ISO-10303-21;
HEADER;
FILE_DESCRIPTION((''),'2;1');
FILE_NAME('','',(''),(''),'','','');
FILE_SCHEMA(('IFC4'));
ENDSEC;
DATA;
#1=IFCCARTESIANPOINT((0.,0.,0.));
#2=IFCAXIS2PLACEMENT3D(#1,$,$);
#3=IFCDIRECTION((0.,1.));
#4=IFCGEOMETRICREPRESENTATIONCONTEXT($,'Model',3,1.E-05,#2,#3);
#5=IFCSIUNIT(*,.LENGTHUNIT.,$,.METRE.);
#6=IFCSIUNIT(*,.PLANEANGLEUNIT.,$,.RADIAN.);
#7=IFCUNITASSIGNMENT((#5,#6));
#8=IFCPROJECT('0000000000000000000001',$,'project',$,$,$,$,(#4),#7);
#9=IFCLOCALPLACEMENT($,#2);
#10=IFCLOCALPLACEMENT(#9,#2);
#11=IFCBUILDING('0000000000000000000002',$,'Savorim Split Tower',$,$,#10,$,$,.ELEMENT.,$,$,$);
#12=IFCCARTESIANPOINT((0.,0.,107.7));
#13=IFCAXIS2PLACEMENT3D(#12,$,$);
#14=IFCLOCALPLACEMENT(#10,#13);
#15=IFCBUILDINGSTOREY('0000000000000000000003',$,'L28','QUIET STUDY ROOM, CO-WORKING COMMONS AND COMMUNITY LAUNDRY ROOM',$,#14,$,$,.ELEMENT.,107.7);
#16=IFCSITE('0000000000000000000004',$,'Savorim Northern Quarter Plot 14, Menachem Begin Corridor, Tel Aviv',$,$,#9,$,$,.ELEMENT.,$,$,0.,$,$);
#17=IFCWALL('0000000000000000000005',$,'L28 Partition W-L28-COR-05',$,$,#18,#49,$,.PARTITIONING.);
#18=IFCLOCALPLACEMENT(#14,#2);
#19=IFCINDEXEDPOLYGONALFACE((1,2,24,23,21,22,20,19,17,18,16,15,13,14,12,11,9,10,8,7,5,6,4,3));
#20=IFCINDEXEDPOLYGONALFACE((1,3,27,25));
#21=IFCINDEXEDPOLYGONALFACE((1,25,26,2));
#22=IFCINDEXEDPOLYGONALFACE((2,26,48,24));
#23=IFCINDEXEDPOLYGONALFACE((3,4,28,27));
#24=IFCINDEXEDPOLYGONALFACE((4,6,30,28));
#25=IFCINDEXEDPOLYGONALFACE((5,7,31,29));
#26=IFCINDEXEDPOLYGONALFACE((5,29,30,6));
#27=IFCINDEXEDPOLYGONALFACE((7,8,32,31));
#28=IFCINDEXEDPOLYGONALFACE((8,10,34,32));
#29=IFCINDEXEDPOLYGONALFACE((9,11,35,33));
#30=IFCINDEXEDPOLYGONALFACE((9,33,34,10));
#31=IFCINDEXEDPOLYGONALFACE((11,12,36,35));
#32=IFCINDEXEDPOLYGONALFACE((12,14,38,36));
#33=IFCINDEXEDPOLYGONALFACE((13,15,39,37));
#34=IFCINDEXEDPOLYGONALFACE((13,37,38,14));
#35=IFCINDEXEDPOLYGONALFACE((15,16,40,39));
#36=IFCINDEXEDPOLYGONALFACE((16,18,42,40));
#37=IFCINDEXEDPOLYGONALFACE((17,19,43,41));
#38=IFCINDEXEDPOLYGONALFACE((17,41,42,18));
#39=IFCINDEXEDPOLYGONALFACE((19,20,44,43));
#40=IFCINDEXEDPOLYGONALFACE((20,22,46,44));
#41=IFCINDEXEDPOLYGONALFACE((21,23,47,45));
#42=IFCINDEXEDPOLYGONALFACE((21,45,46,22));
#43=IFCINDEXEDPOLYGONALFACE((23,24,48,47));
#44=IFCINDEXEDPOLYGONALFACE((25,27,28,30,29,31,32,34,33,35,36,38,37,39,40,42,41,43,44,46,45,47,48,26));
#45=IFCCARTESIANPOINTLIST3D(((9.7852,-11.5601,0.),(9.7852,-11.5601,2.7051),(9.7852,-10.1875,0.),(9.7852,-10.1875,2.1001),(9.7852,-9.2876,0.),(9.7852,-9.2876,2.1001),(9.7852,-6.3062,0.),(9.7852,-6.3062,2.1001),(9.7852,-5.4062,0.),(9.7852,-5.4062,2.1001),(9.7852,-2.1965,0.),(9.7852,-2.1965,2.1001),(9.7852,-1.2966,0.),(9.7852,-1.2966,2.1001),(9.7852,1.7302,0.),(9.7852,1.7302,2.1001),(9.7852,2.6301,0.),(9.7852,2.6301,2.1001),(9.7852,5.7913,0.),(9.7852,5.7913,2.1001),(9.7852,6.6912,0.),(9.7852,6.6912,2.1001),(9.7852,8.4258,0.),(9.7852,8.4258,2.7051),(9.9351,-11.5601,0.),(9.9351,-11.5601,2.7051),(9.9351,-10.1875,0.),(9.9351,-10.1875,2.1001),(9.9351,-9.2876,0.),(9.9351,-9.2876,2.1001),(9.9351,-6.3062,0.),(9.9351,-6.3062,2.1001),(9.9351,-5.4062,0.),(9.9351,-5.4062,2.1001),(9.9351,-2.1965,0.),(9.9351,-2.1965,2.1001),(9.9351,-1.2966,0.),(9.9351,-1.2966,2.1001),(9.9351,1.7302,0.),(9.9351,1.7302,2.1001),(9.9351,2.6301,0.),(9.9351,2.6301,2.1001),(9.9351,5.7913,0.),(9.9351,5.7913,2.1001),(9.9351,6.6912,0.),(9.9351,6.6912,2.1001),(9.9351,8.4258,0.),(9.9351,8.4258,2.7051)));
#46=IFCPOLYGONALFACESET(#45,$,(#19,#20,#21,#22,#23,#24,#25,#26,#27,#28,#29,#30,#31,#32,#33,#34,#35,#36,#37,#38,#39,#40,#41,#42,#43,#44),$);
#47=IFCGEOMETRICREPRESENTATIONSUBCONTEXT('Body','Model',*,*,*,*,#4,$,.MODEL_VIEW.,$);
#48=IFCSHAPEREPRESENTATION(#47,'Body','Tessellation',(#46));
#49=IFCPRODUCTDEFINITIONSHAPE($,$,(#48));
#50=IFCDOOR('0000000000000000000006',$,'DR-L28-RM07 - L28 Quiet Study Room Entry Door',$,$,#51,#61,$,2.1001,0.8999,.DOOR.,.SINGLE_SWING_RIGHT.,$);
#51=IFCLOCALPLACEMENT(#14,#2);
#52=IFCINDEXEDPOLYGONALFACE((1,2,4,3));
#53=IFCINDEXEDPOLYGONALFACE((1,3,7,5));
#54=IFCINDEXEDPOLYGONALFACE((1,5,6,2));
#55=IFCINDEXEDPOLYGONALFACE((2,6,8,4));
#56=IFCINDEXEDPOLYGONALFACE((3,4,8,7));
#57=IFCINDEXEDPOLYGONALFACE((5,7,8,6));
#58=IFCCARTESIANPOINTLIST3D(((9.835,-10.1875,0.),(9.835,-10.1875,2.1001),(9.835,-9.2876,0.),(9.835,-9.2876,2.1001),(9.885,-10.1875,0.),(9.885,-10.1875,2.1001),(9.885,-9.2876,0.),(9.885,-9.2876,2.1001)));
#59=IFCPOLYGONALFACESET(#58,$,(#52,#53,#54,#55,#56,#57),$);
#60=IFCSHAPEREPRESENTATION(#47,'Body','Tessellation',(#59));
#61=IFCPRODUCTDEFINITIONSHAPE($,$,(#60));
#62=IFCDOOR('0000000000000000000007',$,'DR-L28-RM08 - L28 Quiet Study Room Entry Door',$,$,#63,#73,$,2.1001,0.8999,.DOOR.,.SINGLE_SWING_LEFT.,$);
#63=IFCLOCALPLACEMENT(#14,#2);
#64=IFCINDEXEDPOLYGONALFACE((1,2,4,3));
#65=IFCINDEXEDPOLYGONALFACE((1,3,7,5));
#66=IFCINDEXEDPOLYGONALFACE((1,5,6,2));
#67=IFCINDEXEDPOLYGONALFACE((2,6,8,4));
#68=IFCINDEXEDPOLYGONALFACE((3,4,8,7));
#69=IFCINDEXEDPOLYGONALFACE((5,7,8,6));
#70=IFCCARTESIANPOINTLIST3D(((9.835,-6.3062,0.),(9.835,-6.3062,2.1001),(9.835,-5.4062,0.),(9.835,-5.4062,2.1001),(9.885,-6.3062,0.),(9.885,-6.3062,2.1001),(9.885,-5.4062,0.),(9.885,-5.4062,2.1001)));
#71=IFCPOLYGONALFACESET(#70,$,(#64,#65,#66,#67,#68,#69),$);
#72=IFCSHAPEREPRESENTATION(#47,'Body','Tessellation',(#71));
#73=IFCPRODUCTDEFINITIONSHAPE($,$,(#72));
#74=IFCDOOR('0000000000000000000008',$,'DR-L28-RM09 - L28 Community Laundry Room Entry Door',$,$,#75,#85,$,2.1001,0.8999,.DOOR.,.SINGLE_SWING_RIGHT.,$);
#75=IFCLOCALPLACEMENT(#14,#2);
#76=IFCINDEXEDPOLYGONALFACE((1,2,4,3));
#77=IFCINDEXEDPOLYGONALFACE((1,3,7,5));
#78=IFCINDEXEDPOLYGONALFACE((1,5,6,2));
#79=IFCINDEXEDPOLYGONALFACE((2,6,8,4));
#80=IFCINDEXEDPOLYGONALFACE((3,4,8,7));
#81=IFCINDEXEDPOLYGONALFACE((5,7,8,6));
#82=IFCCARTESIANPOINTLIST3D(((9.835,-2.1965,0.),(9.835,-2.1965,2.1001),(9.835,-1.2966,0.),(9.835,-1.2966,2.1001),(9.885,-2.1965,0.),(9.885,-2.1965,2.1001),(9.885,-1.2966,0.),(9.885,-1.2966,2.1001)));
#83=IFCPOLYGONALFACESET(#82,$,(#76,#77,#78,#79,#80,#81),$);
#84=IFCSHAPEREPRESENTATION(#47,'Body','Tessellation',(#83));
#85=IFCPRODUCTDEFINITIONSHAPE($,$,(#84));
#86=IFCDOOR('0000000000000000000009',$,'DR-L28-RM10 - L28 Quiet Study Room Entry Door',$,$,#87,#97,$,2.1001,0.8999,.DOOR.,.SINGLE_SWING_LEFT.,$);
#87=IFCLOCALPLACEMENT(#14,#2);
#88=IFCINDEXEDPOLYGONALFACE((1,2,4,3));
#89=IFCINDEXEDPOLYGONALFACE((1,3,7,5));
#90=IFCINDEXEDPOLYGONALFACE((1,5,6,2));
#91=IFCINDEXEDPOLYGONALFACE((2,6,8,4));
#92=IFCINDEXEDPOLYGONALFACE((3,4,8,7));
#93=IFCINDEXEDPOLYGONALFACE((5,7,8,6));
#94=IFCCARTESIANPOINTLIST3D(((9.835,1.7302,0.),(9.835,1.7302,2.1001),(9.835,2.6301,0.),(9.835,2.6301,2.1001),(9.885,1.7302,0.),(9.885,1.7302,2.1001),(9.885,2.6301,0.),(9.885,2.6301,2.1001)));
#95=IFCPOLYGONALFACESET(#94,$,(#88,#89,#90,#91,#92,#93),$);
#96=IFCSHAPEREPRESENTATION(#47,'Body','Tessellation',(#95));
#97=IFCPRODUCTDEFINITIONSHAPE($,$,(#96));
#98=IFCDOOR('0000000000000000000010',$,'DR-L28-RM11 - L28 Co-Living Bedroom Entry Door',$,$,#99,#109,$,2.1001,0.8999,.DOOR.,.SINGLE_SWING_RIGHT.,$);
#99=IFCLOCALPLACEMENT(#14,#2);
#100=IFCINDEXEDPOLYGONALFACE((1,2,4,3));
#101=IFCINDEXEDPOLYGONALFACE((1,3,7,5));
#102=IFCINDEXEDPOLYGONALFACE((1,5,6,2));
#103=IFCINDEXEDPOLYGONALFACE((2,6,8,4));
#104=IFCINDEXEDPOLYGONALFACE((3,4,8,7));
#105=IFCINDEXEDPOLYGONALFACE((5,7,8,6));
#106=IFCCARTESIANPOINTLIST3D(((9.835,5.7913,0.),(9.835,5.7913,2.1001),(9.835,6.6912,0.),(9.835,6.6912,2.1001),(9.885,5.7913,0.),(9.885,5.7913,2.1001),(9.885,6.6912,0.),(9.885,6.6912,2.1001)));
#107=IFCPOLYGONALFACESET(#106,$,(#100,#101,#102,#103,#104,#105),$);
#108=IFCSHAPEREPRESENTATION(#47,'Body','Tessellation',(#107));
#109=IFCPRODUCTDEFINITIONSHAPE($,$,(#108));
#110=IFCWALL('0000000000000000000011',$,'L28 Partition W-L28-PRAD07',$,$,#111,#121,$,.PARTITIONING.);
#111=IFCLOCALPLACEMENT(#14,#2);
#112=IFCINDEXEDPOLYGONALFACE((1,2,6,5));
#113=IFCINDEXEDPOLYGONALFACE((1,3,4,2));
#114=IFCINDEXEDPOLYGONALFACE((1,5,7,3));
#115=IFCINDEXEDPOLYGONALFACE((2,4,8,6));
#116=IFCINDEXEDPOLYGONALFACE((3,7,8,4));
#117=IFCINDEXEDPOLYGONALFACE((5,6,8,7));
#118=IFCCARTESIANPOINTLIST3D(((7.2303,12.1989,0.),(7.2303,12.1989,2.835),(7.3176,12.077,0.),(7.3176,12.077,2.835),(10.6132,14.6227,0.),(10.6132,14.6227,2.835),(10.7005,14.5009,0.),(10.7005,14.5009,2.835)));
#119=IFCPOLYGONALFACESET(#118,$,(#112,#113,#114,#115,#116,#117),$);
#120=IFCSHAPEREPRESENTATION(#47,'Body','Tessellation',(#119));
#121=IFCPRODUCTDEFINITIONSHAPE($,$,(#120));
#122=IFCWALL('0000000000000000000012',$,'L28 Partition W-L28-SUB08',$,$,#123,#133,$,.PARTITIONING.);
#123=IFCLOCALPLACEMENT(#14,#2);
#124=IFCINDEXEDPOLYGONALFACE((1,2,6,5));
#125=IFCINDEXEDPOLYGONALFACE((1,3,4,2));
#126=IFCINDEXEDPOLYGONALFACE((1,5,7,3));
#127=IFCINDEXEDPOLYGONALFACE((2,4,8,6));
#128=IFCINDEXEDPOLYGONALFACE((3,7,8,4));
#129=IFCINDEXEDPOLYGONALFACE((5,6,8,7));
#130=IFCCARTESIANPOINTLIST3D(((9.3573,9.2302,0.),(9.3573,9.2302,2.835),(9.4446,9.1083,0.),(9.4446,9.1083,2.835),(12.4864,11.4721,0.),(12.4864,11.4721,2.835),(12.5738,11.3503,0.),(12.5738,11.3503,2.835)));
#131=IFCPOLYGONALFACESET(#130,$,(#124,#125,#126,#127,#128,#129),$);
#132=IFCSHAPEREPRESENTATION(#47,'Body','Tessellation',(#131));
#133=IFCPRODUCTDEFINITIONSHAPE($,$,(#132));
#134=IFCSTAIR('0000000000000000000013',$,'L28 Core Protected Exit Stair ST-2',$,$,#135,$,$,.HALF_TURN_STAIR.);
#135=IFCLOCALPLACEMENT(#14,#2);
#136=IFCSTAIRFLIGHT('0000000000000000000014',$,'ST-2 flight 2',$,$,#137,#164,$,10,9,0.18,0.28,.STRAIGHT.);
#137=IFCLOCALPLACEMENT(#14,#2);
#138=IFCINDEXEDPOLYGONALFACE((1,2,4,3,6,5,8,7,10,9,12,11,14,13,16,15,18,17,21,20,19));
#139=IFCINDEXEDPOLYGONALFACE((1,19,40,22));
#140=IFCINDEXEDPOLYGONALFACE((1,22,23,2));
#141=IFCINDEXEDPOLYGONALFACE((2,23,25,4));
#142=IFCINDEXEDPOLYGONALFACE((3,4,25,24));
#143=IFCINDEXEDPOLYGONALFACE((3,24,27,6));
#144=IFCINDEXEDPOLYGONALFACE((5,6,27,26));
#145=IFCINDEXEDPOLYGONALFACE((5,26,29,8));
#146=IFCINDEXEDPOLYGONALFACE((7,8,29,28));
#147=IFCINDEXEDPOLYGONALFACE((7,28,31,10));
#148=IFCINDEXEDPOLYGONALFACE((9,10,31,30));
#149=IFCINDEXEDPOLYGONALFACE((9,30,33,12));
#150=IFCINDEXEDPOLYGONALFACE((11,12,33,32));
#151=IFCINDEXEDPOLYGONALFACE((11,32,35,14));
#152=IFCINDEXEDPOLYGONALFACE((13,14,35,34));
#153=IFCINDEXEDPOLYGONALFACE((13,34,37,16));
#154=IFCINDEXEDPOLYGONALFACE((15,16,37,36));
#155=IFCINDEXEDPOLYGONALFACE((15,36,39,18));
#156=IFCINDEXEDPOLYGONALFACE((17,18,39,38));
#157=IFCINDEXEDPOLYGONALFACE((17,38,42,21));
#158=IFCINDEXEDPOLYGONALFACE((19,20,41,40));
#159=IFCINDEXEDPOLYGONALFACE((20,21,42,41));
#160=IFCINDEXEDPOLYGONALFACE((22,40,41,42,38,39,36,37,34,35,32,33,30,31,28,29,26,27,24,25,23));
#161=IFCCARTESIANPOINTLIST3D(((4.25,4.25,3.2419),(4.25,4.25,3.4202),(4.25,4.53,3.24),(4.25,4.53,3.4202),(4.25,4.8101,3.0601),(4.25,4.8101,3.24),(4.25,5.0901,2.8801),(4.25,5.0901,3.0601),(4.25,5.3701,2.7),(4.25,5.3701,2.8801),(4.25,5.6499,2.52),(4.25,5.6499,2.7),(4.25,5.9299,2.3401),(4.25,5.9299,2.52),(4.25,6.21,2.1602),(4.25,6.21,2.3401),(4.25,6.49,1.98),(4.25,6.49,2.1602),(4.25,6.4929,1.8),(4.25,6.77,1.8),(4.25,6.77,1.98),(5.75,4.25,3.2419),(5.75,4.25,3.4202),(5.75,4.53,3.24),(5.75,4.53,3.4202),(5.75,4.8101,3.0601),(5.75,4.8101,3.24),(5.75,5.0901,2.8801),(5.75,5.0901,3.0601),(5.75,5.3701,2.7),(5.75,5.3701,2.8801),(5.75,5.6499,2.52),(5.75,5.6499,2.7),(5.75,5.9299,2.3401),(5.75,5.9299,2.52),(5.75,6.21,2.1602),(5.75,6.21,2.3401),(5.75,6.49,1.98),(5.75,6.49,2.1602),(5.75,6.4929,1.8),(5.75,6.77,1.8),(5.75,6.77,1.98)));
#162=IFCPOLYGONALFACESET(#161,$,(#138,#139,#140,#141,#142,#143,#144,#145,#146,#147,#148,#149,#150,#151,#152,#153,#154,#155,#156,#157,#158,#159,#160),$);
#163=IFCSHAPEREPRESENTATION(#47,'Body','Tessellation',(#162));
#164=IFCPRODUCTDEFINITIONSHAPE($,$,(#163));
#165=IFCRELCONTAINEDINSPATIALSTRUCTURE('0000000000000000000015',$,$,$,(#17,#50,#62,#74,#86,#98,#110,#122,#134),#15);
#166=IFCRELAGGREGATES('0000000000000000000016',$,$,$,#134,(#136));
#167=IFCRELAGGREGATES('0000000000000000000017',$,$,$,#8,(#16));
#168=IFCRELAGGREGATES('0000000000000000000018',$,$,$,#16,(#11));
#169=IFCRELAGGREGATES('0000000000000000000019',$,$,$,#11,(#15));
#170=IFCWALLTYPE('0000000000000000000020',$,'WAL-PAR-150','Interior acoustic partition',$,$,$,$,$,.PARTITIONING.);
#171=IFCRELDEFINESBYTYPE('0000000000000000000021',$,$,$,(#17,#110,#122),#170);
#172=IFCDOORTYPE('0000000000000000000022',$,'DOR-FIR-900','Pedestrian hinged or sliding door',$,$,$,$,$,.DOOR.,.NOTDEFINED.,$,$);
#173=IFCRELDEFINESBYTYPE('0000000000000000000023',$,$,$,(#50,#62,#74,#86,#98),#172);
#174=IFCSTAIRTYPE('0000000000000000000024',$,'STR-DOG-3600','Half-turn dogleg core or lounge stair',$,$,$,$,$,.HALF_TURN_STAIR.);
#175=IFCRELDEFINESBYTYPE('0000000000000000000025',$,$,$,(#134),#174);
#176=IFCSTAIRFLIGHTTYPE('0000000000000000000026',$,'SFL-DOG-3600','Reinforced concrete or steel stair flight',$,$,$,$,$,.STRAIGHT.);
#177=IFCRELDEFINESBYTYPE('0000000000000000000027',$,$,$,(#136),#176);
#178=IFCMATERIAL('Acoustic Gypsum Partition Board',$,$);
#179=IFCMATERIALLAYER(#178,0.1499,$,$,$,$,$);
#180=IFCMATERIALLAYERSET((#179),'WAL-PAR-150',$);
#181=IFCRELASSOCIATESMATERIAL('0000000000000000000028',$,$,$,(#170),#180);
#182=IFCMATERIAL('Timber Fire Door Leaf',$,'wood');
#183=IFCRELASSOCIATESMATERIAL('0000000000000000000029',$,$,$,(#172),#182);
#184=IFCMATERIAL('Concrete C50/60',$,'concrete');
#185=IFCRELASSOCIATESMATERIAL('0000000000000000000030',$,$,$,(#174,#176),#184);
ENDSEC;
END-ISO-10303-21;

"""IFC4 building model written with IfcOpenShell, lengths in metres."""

from ifc_helpers import new_model, si_unit, direction, frame, frame_2d, origin, place, context, subcontext, project, spatial, polyline, rectangle, outline, extrude, material, layer, layer_set, type_object, element, fill, aggregate, save


model = new_model("IFC4")

# Units and contexts
model_context = context("Model", 3, precision=1e-05, world=origin(), true_north=direction((0.0, 1.0)))
body_context = subcontext(model_context, "Body", "Model", "MODEL_VIEW")
ifc_project = project(units=[si_unit("LENGTHUNIT", "METRE"), si_unit("PLANEANGLEUNIT", "RADIAN")], contexts=[model_context])

# Site, building, storey
site_placement = place(None, origin())
site = spatial("IfcSite", under=ifc_project, at=site_placement, Name="Savorim Northern Quarter Plot 14, Menachem Begin Corridor, Tel Aviv", CompositionType="ELEMENT", RefElevation=0.0)
building_placement = place(site_placement, origin())
building = spatial("IfcBuilding", under=site, at=building_placement, Name="Savorim Split Tower", CompositionType="ELEMENT")
storey_placement = place(building_placement, frame((0.0, 0.0, 107.7)))
storey = spatial("IfcBuildingStorey", under=building, at=storey_placement, Name="L28", Description="QUIET STUDY ROOM, CO-WORKING COMMONS AND COMMUNITY LAUNDRY ROOM", CompositionType="ELEMENT", Elevation=107.7)

# Shared definitions
ifc_material_1 = material(Name="Timber Fire Door Leaf", Category="wood")

# Shared definitions
ifc_material_2 = material(Name="Acoustic Gypsum Partition Board")
ifc_layer_1 = layer(ifc_material_2, 0.1499)
ifc_layer_set_1 = layer_set([ifc_layer_1], Name="WAL-PAR-150")
wall_type_1 = type_object("IfcWallType", Name="WAL-PAR-150", Description="Interior acoustic partition", PredefinedType="PARTITIONING", material=ifc_layer_set_1)

# Wall, openings, doors
wall_1_placement = place(storey_placement, frame((9.8601, 8.4258, 0.0), z_axis=(0.0, 0.0, 1.0), x_axis=(0.0, -1.0, 0.0)))
wall_1 = element("IfcWall", 1, at=wall_1_placement, inside=storey, type_object=wall_type_1, Name="L28 Partition W-L28-COR-05", PredefinedType="PARTITIONING", context=body_context, shape_type="SweptSolid", body=[
    extrude(rectangle(XDim=19.9858, YDim=0.1499, at=frame_2d((9.9929, 0.0))), origin(), (0.0, 0.0, 1.0), 2.7051),
])
opening_1_placement = place(wall_1_placement, frame((17.7134, 0.0, 0.0)))
opening_1 = element("IfcOpeningElement", 2, at=opening_1_placement, cuts=wall_1, PredefinedType="OPENING", context=body_context, shape_type="SweptSolid", body=[
    extrude(rectangle(XDim=0.8999, YDim=2.1001, at=frame_2d((0.45, 1.05))), frame((0.0, 0.085, 0.0), z_axis=(0.0, -1.0, 0.0), x_axis=(1.0, 0.0, 0.0)), (0.0, 0.0, 1.0), 0.1699),
])
opening_2_placement = place(wall_1_placement, frame((13.832, 0.0, 0.0)))
opening_2 = element("IfcOpeningElement", 3, at=opening_2_placement, cuts=wall_1, PredefinedType="OPENING", context=body_context, shape_type="SweptSolid", body=[
    extrude(rectangle(XDim=0.8999, YDim=2.1001, at=frame_2d((0.45, 1.05))), frame((0.0, 0.085, 0.0), z_axis=(0.0, -1.0, 0.0), x_axis=(1.0, 0.0, 0.0)), (0.0, 0.0, 1.0), 0.1699),
])
opening_3_placement = place(wall_1_placement, frame((9.7224, 0.0, 0.0)))
opening_3 = element("IfcOpeningElement", 4, at=opening_3_placement, cuts=wall_1, PredefinedType="OPENING", context=body_context, shape_type="SweptSolid", body=[
    extrude(rectangle(XDim=0.8999, YDim=2.1001, at=frame_2d((0.45, 1.05))), frame((0.0, 0.085, 0.0), z_axis=(0.0, -1.0, 0.0), x_axis=(1.0, 0.0, 0.0)), (0.0, 0.0, 1.0), 0.1699),
])
opening_4_placement = place(wall_1_placement, frame((5.7957, 0.0, 0.0)))
opening_4 = element("IfcOpeningElement", 5, at=opening_4_placement, cuts=wall_1, PredefinedType="OPENING", context=body_context, shape_type="SweptSolid", body=[
    extrude(rectangle(XDim=0.8999, YDim=2.1001, at=frame_2d((0.45, 1.05))), frame((0.0, 0.085, 0.0), z_axis=(0.0, -1.0, 0.0), x_axis=(1.0, 0.0, 0.0)), (0.0, 0.0, 1.0), 0.1699),
])
opening_5_placement = place(wall_1_placement, frame((1.7346, 0.0, 0.0)))
opening_5 = element("IfcOpeningElement", 6, at=opening_5_placement, cuts=wall_1, PredefinedType="OPENING", context=body_context, shape_type="SweptSolid", body=[
    extrude(rectangle(XDim=0.8999, YDim=2.1001, at=frame_2d((0.45, 1.05))), frame((0.0, 0.085, 0.0), z_axis=(0.0, -1.0, 0.0), x_axis=(1.0, 0.0, 0.0)), (0.0, 0.0, 1.0), 0.1699),
])
door_type_1 = type_object("IfcDoorType", Name="DOR-FIR-900", Description="Pedestrian hinged or sliding door", OperationType="NOTDEFINED", PredefinedType="DOOR", material=ifc_material_1)
door_1_placement = place(opening_1_placement, origin())
door_1 = element("IfcDoor", 7, at=door_1_placement, inside=storey, type_object=door_type_1, Name="DR-L28-RM07 - L28 Quiet Study Room Entry Door", OperationType="SINGLE_SWING_RIGHT", OverallHeight=2.1001, OverallWidth=0.8999, PredefinedType="DOOR", context=body_context, shape_type="SweptSolid", body=[
    extrude(rectangle(XDim=0.8999, YDim=2.1001, at=frame_2d((0.45, 1.05))), frame((0.0, 0.0249, 0.0), z_axis=(0.0, -1.0, 0.0), x_axis=(1.0, 0.0, 0.0)), (0.0, 0.0, 1.0), 0.05),
])
fill(opening_1, door_1)
door_2_placement = place(opening_2_placement, origin())
door_2 = element("IfcDoor", 8, at=door_2_placement, inside=storey, type_object=door_type_1, Name="DR-L28-RM08 - L28 Quiet Study Room Entry Door", OperationType="SINGLE_SWING_LEFT", OverallHeight=2.1001, OverallWidth=0.8999, PredefinedType="DOOR", context=body_context, shape_type="SweptSolid", body=[
    extrude(rectangle(XDim=0.8999, YDim=2.1001, at=frame_2d((0.45, 1.05))), frame((0.0, 0.0249, 0.0), z_axis=(0.0, -1.0, 0.0), x_axis=(1.0, 0.0, 0.0)), (0.0, 0.0, 1.0), 0.05),
])
fill(opening_2, door_2)
door_3_placement = place(opening_3_placement, origin())
door_3 = element("IfcDoor", 9, at=door_3_placement, inside=storey, type_object=door_type_1, Name="DR-L28-RM09 - L28 Community Laundry Room Entry Door", OperationType="SINGLE_SWING_RIGHT", OverallHeight=2.1001, OverallWidth=0.8999, PredefinedType="DOOR", context=body_context, shape_type="SweptSolid", body=[
    extrude(rectangle(XDim=0.8999, YDim=2.1001, at=frame_2d((0.45, 1.05))), frame((0.0, 0.0249, 0.0), z_axis=(0.0, -1.0, 0.0), x_axis=(1.0, 0.0, 0.0)), (0.0, 0.0, 1.0), 0.05),
])
fill(opening_3, door_3)
door_4_placement = place(opening_4_placement, origin())
door_4 = element("IfcDoor", 10, at=door_4_placement, inside=storey, type_object=door_type_1, Name="DR-L28-RM10 - L28 Quiet Study Room Entry Door", OperationType="SINGLE_SWING_LEFT", OverallHeight=2.1001, OverallWidth=0.8999, PredefinedType="DOOR", context=body_context, shape_type="SweptSolid", body=[
    extrude(rectangle(XDim=0.8999, YDim=2.1001, at=frame_2d((0.45, 1.05))), frame((0.0, 0.0249, 0.0), z_axis=(0.0, -1.0, 0.0), x_axis=(1.0, 0.0, 0.0)), (0.0, 0.0, 1.0), 0.05),
])
fill(opening_4, door_4)
door_5_placement = place(opening_5_placement, origin())
door_5 = element("IfcDoor", 11, at=door_5_placement, inside=storey, type_object=door_type_1, Name="DR-L28-RM11 - L28 Co-Living Bedroom Entry Door", OperationType="SINGLE_SWING_RIGHT", OverallHeight=2.1001, OverallWidth=0.8999, PredefinedType="DOOR", context=body_context, shape_type="SweptSolid", body=[
    extrude(rectangle(XDim=0.8999, YDim=2.1001, at=frame_2d((0.45, 1.05))), frame((0.0, 0.0249, 0.0), z_axis=(0.0, -1.0, 0.0), x_axis=(1.0, 0.0, 0.0)), (0.0, 0.0, 1.0), 0.05),
])
fill(opening_5, door_5)

# Walls
wall_2_placement = place(storey_placement, frame((7.2739, 12.1379, 0.0), z_axis=(0.0, 0.0, 1.0), x_axis=(0.812876, 0.582436, 0.0)))
element("IfcWall", 12, at=wall_2_placement, inside=storey, type_object=wall_type_1, Name="L28 Partition W-L28-PRAD07", PredefinedType="PARTITIONING", context=body_context, shape_type="SweptSolid", body=[
    extrude(rectangle(XDim=4.1616, YDim=0.1499, at=frame_2d((2.0808, 0.0))), origin(), (0.0, 0.0, 1.0), 2.835),
])
wall_3_placement = place(storey_placement, frame((9.4009, 9.1692, 0.0), z_axis=(0.0, 0.0, 1.0), x_axis=(0.812893, 0.582413, 0.0)))
element("IfcWall", 13, at=wall_3_placement, inside=storey, type_object=wall_type_1, Name="L28 Partition W-L28-SUB08", PredefinedType="PARTITIONING", context=body_context, shape_type="SweptSolid", body=[
    extrude(rectangle(XDim=3.8494, YDim=0.1499, at=frame_2d((1.9248, 0.0))), origin(), (0.0, 0.0, 1.0), 2.835),
])

# Stair, stair flight
ifc_material_3 = material(Name="Concrete C50/60", Category="concrete")
stair_type = type_object("IfcStairType", Name="STR-DOG-3600", Description="Half-turn dogleg core or lounge stair", PredefinedType="HALF_TURN_STAIR", material=ifc_material_3)
stair_placement = place(storey_placement, origin())
stair = element("IfcStair", 14, at=stair_placement, inside=storey, type_object=stair_type, Name="L28 Core Protected Exit Stair ST-2", PredefinedType="HALF_TURN_STAIR")
stair_flight_type = type_object("IfcStairFlightType", Name="SFL-DOG-3600", Description="Reinforced concrete or steel stair flight", PredefinedType="STRAIGHT", material=ifc_material_3)
stair_flight_placement = place(storey_placement, frame((5.0, 6.77, 1.8), z_axis=(0.0, 0.0, 1.0), x_axis=(0.0, -1.0, 0.0)))
stair_flight = element("IfcStairFlight", 15, at=stair_flight_placement, type_object=stair_flight_type, Name="ST-2 flight 2", NumberOfRisers=10, NumberOfTreads=9, PredefinedType="STRAIGHT", RiserHeight=0.18, TreadLength=0.28, context=body_context, shape_type="SweptSolid", body=[
    extrude(outline(polyline([(0.0, 0.0), (0.0, 0.1799), (0.28, 0.1799), (0.28, 0.3601), (0.5601, 0.3601), (0.5601, 0.54), (0.8401, 0.54), (0.8401, 0.72), (1.1201, 0.72), (1.1201, 0.8999), (1.3999, 0.8999), (1.3999, 1.0801), (1.6799, 1.0801), (1.6799, 1.26), (1.96, 1.26), (1.96, 1.4399), (2.24, 1.4399), (2.24, 1.6201), (2.52, 1.6201), (2.52, 1.8), (2.52, 1.4419), (0.2771, 0.0), (0.0, 0.0)])), frame((0.0, 0.75, 0.0), z_axis=(0.0, -1.0, 0.0), x_axis=(1.0, 0.0, 0.0)), (0.0, 0.0, 1.0), 1.5),
])
aggregate(stair, [stair_flight])

save(model, "model.ifc")
